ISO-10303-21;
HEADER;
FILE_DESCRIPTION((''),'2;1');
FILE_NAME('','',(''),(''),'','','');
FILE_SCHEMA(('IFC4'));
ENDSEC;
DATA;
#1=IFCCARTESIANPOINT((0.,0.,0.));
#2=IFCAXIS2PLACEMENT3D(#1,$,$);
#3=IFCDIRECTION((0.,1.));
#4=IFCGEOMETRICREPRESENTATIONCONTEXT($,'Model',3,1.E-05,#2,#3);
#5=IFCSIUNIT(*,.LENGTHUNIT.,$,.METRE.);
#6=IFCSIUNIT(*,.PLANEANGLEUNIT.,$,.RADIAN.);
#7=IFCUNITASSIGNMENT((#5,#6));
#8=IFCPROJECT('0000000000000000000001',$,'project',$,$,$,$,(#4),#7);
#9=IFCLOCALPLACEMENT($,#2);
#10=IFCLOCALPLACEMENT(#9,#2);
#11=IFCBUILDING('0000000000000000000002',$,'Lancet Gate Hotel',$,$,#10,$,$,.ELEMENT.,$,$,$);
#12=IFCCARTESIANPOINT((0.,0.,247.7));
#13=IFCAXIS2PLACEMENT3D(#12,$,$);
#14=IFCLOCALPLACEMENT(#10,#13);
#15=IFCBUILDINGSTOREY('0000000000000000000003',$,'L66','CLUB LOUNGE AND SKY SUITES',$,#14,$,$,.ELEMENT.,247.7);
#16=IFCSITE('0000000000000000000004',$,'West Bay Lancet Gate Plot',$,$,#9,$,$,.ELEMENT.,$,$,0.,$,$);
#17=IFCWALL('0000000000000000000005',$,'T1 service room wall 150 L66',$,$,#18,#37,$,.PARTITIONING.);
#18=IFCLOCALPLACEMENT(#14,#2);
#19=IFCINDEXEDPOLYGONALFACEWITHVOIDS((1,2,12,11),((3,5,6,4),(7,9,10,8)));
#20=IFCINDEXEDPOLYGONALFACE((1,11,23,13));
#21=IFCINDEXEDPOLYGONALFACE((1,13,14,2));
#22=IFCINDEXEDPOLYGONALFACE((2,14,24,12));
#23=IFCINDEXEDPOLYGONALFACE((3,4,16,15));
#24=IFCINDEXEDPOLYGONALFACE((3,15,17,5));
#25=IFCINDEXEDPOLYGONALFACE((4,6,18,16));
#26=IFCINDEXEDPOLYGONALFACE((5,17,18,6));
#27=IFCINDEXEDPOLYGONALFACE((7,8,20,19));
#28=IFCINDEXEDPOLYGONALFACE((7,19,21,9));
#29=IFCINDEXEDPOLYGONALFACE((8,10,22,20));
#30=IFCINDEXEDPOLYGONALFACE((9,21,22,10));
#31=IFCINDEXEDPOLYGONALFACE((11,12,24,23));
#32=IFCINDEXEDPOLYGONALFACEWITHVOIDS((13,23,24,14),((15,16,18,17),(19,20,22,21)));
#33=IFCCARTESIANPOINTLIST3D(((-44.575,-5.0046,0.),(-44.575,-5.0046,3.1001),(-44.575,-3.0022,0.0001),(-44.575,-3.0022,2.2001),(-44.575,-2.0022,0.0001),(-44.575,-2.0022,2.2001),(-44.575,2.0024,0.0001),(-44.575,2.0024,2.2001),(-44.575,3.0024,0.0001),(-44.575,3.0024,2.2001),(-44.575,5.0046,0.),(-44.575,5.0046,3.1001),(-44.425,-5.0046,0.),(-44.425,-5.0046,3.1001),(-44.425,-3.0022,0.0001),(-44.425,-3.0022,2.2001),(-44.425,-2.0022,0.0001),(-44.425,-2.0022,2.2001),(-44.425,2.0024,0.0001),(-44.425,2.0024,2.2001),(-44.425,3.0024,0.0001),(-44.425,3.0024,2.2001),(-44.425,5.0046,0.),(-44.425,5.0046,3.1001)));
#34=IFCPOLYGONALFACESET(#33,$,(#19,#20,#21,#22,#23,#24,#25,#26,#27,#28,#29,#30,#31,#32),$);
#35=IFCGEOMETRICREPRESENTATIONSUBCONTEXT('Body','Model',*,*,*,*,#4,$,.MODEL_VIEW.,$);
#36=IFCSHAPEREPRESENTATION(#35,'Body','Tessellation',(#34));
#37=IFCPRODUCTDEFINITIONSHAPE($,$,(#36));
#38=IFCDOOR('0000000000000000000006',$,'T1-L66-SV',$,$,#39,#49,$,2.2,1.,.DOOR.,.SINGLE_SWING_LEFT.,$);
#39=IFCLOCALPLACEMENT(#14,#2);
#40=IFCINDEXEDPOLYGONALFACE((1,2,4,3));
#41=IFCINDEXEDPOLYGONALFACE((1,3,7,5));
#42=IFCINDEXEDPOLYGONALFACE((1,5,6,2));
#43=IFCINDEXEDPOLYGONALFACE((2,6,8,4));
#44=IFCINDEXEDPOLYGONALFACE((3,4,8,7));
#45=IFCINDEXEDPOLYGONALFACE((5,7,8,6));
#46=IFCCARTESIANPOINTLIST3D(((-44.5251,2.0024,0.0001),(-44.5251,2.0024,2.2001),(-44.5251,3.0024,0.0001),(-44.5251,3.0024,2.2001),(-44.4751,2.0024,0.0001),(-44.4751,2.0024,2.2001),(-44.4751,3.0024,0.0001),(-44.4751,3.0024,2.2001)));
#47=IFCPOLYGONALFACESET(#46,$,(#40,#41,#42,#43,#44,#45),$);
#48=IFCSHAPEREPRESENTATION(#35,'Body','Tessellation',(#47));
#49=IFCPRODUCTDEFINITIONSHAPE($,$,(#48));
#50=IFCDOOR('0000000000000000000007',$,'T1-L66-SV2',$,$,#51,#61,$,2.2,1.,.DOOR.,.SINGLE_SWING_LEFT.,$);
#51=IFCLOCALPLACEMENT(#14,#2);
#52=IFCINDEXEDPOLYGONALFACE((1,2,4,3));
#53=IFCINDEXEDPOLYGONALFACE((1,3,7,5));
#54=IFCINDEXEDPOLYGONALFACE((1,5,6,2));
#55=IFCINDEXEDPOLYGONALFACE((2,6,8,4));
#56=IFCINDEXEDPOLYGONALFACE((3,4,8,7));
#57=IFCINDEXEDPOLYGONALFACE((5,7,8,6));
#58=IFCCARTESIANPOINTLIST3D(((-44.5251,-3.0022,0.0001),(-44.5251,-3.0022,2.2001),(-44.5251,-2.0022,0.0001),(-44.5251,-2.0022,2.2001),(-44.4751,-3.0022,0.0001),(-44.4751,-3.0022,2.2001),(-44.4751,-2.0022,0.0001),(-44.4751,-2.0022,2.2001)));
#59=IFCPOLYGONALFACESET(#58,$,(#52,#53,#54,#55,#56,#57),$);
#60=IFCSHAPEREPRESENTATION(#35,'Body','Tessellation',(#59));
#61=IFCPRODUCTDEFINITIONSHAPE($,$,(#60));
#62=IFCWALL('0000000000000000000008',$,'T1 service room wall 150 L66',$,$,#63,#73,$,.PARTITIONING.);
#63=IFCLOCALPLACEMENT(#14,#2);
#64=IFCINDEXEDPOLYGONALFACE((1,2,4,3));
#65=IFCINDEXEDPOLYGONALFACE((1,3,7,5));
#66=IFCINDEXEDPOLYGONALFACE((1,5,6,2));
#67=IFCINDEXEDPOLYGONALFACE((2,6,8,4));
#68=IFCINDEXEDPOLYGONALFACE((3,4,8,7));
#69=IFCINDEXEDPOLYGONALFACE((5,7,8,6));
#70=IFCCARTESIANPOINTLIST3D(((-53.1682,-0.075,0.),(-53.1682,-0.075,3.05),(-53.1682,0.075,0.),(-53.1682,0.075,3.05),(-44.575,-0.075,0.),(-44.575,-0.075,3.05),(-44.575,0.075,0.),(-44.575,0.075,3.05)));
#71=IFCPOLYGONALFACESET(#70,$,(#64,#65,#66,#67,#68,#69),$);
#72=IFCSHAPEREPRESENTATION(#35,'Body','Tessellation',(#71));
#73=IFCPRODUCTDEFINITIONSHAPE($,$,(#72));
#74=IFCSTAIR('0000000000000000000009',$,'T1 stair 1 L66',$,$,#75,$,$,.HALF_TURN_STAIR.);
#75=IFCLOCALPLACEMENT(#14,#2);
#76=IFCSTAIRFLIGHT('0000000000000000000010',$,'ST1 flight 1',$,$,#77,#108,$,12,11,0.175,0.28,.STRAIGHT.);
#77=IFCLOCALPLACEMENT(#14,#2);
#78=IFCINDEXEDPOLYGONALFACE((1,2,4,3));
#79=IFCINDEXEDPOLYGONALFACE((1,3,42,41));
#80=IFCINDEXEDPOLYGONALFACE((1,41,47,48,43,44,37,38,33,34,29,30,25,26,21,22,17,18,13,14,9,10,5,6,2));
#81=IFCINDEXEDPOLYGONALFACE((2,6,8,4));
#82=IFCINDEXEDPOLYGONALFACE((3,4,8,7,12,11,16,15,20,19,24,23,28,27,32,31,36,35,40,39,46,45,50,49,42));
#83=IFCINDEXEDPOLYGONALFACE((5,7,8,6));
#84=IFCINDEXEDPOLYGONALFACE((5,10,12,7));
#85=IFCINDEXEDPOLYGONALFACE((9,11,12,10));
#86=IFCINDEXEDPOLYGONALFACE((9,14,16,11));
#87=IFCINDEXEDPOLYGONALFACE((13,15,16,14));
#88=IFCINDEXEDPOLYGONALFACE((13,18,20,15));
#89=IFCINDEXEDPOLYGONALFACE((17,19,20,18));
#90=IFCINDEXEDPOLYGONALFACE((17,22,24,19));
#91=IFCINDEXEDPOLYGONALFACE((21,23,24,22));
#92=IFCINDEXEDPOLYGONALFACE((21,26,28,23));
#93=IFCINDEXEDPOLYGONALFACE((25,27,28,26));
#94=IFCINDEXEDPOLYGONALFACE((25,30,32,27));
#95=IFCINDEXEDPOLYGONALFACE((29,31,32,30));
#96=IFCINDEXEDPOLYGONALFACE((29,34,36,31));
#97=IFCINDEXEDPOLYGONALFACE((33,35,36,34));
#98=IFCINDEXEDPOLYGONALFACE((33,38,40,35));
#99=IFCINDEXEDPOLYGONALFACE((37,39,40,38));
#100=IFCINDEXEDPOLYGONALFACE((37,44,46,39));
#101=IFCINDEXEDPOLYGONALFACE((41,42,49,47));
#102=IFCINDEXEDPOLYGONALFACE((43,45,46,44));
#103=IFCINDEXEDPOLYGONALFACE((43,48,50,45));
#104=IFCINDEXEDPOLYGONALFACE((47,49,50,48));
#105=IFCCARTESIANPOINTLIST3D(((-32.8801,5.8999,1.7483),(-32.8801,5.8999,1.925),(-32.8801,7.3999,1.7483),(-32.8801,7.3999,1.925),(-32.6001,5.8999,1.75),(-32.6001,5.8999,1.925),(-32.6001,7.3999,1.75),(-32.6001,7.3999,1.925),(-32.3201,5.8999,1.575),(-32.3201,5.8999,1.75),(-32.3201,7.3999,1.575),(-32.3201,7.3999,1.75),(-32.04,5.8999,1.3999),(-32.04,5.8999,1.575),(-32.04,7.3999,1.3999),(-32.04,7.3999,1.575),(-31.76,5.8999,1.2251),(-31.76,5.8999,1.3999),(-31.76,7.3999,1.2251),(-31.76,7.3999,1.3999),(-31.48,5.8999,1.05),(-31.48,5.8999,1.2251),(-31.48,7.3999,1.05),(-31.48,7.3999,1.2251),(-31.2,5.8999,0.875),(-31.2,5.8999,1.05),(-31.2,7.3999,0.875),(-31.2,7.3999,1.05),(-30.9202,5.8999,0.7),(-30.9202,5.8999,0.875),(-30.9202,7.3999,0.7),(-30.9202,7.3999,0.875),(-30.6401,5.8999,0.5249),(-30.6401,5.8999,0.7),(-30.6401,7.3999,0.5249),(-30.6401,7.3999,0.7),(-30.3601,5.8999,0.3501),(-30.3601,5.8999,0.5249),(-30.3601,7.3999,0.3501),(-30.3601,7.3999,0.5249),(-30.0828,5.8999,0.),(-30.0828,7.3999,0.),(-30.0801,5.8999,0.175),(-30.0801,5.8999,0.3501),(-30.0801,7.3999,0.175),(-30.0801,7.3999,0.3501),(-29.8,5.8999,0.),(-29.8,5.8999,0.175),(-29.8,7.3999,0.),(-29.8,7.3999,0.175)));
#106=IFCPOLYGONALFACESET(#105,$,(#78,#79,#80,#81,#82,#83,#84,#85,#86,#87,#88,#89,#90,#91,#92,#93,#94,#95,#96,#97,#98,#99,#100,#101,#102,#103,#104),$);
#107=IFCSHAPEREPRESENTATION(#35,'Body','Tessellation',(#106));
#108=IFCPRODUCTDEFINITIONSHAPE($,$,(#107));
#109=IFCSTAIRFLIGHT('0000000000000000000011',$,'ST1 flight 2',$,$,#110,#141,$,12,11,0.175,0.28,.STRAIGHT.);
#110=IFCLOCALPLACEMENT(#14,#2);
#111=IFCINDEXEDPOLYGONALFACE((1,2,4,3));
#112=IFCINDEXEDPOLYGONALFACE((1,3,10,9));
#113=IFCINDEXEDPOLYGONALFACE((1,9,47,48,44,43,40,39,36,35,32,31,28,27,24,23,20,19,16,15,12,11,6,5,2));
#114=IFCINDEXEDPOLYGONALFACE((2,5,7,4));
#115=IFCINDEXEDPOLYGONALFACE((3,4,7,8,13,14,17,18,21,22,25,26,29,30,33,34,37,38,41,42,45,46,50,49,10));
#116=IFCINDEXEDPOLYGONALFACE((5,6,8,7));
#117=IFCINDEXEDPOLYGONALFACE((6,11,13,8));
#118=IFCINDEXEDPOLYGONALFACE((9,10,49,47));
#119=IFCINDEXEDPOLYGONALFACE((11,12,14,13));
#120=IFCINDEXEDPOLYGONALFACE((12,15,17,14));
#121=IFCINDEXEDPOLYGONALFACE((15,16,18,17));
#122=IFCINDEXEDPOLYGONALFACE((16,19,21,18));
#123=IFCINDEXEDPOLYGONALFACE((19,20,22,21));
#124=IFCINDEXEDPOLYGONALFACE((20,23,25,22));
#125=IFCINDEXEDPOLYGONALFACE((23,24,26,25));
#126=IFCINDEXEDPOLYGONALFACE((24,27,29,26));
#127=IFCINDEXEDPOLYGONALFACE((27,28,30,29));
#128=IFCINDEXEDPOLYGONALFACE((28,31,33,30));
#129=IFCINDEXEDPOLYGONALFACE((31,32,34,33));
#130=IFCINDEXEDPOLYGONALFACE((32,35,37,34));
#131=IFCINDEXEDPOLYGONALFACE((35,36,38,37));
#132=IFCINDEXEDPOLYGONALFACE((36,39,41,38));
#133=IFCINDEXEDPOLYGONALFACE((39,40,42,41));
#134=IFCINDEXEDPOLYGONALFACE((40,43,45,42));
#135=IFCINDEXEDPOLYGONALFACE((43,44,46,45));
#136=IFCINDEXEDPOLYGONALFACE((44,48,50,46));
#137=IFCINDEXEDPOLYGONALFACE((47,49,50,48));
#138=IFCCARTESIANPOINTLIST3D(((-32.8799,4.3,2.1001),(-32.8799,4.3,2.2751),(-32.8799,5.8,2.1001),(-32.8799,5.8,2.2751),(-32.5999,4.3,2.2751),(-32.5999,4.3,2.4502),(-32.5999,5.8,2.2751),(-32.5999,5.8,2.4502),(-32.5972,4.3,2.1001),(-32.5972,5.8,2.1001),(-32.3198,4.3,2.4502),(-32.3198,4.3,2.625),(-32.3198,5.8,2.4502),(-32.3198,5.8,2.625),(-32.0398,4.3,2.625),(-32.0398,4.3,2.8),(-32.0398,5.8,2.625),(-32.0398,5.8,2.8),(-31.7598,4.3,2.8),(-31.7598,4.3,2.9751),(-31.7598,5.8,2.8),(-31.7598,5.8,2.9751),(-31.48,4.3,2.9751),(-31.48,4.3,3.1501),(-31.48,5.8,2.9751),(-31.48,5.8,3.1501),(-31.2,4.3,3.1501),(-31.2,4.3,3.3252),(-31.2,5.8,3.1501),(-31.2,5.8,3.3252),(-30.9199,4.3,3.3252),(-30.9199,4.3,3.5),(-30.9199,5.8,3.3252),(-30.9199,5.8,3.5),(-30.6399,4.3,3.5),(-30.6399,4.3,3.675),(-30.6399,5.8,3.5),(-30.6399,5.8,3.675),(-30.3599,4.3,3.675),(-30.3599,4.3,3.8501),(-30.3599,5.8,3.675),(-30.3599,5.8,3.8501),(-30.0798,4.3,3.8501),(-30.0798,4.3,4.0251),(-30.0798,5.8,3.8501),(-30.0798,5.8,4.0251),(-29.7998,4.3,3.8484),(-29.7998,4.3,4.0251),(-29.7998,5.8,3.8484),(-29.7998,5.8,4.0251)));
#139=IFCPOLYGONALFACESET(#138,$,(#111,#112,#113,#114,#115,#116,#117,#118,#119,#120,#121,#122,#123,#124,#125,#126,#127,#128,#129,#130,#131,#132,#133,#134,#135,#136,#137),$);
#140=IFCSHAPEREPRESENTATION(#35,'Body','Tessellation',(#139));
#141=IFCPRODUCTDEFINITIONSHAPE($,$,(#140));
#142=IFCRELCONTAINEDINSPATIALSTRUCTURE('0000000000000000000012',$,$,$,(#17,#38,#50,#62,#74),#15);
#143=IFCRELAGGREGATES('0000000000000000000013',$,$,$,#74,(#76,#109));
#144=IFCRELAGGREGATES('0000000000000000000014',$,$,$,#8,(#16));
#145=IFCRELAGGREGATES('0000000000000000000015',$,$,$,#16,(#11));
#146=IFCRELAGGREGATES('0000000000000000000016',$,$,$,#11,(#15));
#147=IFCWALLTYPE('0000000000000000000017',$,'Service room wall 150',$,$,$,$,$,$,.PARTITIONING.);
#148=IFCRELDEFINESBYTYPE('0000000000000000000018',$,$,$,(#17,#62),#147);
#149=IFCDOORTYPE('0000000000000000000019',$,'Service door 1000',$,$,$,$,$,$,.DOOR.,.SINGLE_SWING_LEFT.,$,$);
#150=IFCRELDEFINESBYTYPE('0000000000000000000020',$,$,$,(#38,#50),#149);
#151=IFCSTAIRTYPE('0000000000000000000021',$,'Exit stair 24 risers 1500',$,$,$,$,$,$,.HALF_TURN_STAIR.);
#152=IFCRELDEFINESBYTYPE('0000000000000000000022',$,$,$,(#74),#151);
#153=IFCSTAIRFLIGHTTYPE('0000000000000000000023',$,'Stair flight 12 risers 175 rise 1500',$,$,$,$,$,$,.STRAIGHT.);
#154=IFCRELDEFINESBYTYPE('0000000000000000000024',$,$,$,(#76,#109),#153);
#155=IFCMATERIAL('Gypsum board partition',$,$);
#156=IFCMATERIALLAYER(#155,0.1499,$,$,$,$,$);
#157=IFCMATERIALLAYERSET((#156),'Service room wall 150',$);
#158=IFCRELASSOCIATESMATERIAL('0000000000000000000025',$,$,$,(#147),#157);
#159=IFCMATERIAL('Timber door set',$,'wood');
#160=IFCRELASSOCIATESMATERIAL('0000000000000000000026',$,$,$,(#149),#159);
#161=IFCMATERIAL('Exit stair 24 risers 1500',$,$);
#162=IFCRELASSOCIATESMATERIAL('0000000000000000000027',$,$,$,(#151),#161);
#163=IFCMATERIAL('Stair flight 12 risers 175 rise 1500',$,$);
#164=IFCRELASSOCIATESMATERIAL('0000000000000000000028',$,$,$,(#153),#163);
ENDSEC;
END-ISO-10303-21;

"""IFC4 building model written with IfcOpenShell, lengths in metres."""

from ifc_helpers import new_model, si_unit, direction, frame, frame_2d, origin, place, context, subcontext, project, spatial, polyline, rectangle, outline, extrude, material, layer, layer_set, type_object, element, fill, aggregate, save


model = new_model("IFC4")

# Units and contexts
model_context = context("Model", 3, precision=1e-05, world=origin(), true_north=direction((0.0, 1.0)))
body_context = subcontext(model_context, "Body", "Model", "MODEL_VIEW")
ifc_project = project(units=[si_unit("LENGTHUNIT", "METRE"), si_unit("PLANEANGLEUNIT", "RADIAN")], contexts=[model_context])

# Site, building, storey
site_placement = place(None, origin())
site = spatial("IfcSite", under=ifc_project, at=site_placement, Name="West Bay Lancet Gate Plot", CompositionType="ELEMENT", RefElevation=0.0)
building_placement = place(site_placement, origin())
building = spatial("IfcBuilding", under=site, at=building_placement, Name="Lancet Gate Hotel", CompositionType="ELEMENT")
storey_placement = place(building_placement, frame((0.0, 0.0, 247.7)))
storey = spatial("IfcBuildingStorey", under=building, at=storey_placement, Name="L66", Description="CLUB LOUNGE AND SKY SUITES", CompositionType="ELEMENT", Elevation=247.7)

# Shared definitions
ifc_material_1 = material(Name="Gypsum board partition")
ifc_layer_1 = layer(ifc_material_1, 0.1499)
ifc_layer_set_1 = layer_set([ifc_layer_1], Name="Service room wall 150")
wall_type_1 = type_object("IfcWallType", Name="Service room wall 150", PredefinedType="PARTITIONING", material=ifc_layer_set_1)

# Wall, openings, doors
wall_1_placement = place(storey_placement, frame((-44.5, 5.0046, 0.0), z_axis=(0.0, 0.0, 1.0), x_axis=(0.0, -1.0, 0.0)))
wall_1 = element("IfcWall", 1, at=wall_1_placement, inside=storey, type_object=wall_type_1, Name="T1 service room wall 150 L66", PredefinedType="PARTITIONING", context=body_context, shape_type="SweptSolid", body=[
    extrude(rectangle(XDim=10.0093, YDim=0.1499, at=frame_2d((5.0046, 0.0))), origin(), (0.0, 0.0, 1.0), 3.1001),
])
opening_1_placement = place(wall_1_placement, frame((2.0022, 0.0, 0.0)))
opening_1 = element("IfcOpeningElement", 2, at=opening_1_placement, cuts=wall_1, PredefinedType="OPENING", context=body_context, shape_type="SweptSolid", body=[
    extrude(rectangle(XDim=1.0, YDim=2.2, at=frame_2d((0.5, 1.1001))), frame((0.0, 0.085, 0.0), z_axis=(0.0, -1.0, 0.0), x_axis=(1.0, 0.0, 0.0)), (0.0, 0.0, 1.0), 0.1699),
])
opening_2_placement = place(wall_1_placement, frame((7.0068, 0.0, 0.0)))
opening_2 = element("IfcOpeningElement", 3, at=opening_2_placement, cuts=wall_1, PredefinedType="OPENING", context=body_context, shape_type="SweptSolid", body=[
    extrude(rectangle(XDim=1.0, YDim=2.2, at=frame_2d((0.5, 1.1001))), frame((0.0, 0.085, 0.0), z_axis=(0.0, -1.0, 0.0), x_axis=(1.0, 0.0, 0.0)), (0.0, 0.0, 1.0), 0.1699),
])
ifc_material_2 = material(Name="Timber door set", Category="wood")
door_type_1 = type_object("IfcDoorType", Name="Service door 1000", OperationType="SINGLE_SWING_LEFT", PredefinedType="DOOR", material=ifc_material_2)
door_1_placement = place(opening_1_placement, origin())
door_1 = element("IfcDoor", 4, at=door_1_placement, inside=storey, type_object=door_type_1, Name="T1-L66-SV", OperationType="SINGLE_SWING_LEFT", OverallHeight=2.2, OverallWidth=1.0, PredefinedType="DOOR", context=body_context, shape_type="SweptSolid", body=[
    extrude(rectangle(XDim=1.0, YDim=2.2, at=frame_2d((0.5, 1.1001))), frame((0.0, 0.0249, 0.0), z_axis=(0.0, -1.0, 0.0), x_axis=(1.0, 0.0, 0.0)), (0.0, 0.0, 1.0), 0.05),
])
fill(opening_1, door_1)
door_2_placement = place(opening_2_placement, origin())
door_2 = element("IfcDoor", 5, at=door_2_placement, inside=storey, type_object=door_type_1, Name="T1-L66-SV2", OperationType="SINGLE_SWING_LEFT", OverallHeight=2.2, OverallWidth=1.0, PredefinedType="DOOR", context=body_context, shape_type="SweptSolid", body=[
    extrude(rectangle(XDim=1.0, YDim=2.2, at=frame_2d((0.5, 1.1001))), frame((0.0, 0.0249, 0.0), z_axis=(0.0, -1.0, 0.0), x_axis=(1.0, 0.0, 0.0)), (0.0, 0.0, 1.0), 0.05),
])
fill(opening_2, door_2)

# Wall
wall_2_placement = place(storey_placement, frame((-44.575, 0.0, 0.0), z_axis=(0.0, 0.0, 1.0), x_axis=(-1.0, 0.0, 0.0)))
element("IfcWall", 6, at=wall_2_placement, inside=storey, type_object=wall_type_1, Name="T1 service room wall 150 L66", PredefinedType="PARTITIONING", context=body_context, shape_type="SweptSolid", body=[
    extrude(rectangle(XDim=8.5933, YDim=0.1499, at=frame_2d((4.2966, 0.0))), origin(), (0.0, 0.0, 1.0), 3.05),
])

# Stair, stair flights
ifc_material_3 = material(Name="Exit stair 24 risers 1500")
stair_type = type_object("IfcStairType", Name="Exit stair 24 risers 1500", PredefinedType="HALF_TURN_STAIR", material=ifc_material_3)
stair_placement = place(storey_placement, origin())
stair = element("IfcStair", 7, at=stair_placement, inside=storey, type_object=stair_type, Name="T1 stair 1 L66", PredefinedType="HALF_TURN_STAIR")
ifc_material_4 = material(Name="Stair flight 12 risers 175 rise 1500")
stair_flight_type = type_object("IfcStairFlightType", Name="Stair flight 12 risers 175 rise 1500", PredefinedType="STRAIGHT", material=ifc_material_4)
stair_flight_1_placement = place(storey_placement, frame((-29.8, 6.6499, 0.0), z_axis=(0.0, 0.0, 1.0), x_axis=(-1.0, 0.0, 0.0)))
stair_flight_1 = element("IfcStairFlight", 8, at=stair_flight_1_placement, type_object=stair_flight_type, Name="ST1 flight 1", NumberOfRisers=12, NumberOfTreads=11, PredefinedType="STRAIGHT", RiserHeight=0.175, TreadLength=0.28, context=body_context, shape_type="SweptSolid", body=[
    extrude(outline(polyline([(0.0, 0.0), (0.0, 0.175), (0.28, 0.175), (0.28, 0.3501), (0.5601, 0.3501), (0.5601, 0.5249), (0.8401, 0.5249), (0.8401, 0.7), (1.1201, 0.7), (1.1201, 0.875), (1.3999, 0.875), (1.3999, 1.05), (1.6799, 1.05), (1.6799, 1.2251), (1.96, 1.2251), (1.96, 1.3999), (2.24, 1.3999), (2.24, 1.575), (2.52, 1.575), (2.52, 1.75), (2.8, 1.75), (2.8, 1.925), (3.0801, 1.925), (3.0801, 2.1001), (3.0801, 1.7483), (0.2827, 0.0), (0.0, 0.0)])), frame((0.0, 0.75, 0.0), z_axis=(0.0, -1.0, 0.0), x_axis=(1.0, 0.0, 0.0)), (0.0, 0.0, 1.0), 1.5),
])
stair_flight_2_placement = place(storey_placement, frame((-32.8799, 5.05, 2.1001), z_axis=(0.0, 0.0, 1.0), x_axis=(1.0, 0.0, 0.0)))
stair_flight_2 = element("IfcStairFlight", 9, at=stair_flight_2_placement, type_object=stair_flight_type, Name="ST1 flight 2", NumberOfRisers=12, NumberOfTreads=11, PredefinedType="STRAIGHT", RiserHeight=0.175, TreadLength=0.28, context=body_context, shape_type="SweptSolid", body=[
    extrude(outline(polyline([(0.0, 0.0), (0.0, 0.175), (0.28, 0.175), (0.28, 0.3501), (0.5601, 0.3501), (0.5601, 0.5249), (0.8401, 0.5249), (0.8401, 0.7), (1.1201, 0.7), (1.1201, 0.875), (1.3999, 0.875), (1.3999, 1.05), (1.6799, 1.05), (1.6799, 1.2251), (1.96, 1.2251), (1.96, 1.3999), (2.24, 1.3999), (2.24, 1.575), (2.52, 1.575), (2.52, 1.75), (2.8, 1.75), (2.8, 1.925), (3.0801, 1.925), (3.0801, 2.1001), (3.0801, 1.7483), (0.2827, 0.0), (0.0, 0.0)])), frame((0.0, 0.75, 0.0), z_axis=(0.0, -1.0, 0.0), x_axis=(1.0, 0.0, 0.0)), (0.0, 0.0, 1.0), 1.5),
])
aggregate(stair, [stair_flight_1, stair_flight_2])

save(model, "model.ifc")
